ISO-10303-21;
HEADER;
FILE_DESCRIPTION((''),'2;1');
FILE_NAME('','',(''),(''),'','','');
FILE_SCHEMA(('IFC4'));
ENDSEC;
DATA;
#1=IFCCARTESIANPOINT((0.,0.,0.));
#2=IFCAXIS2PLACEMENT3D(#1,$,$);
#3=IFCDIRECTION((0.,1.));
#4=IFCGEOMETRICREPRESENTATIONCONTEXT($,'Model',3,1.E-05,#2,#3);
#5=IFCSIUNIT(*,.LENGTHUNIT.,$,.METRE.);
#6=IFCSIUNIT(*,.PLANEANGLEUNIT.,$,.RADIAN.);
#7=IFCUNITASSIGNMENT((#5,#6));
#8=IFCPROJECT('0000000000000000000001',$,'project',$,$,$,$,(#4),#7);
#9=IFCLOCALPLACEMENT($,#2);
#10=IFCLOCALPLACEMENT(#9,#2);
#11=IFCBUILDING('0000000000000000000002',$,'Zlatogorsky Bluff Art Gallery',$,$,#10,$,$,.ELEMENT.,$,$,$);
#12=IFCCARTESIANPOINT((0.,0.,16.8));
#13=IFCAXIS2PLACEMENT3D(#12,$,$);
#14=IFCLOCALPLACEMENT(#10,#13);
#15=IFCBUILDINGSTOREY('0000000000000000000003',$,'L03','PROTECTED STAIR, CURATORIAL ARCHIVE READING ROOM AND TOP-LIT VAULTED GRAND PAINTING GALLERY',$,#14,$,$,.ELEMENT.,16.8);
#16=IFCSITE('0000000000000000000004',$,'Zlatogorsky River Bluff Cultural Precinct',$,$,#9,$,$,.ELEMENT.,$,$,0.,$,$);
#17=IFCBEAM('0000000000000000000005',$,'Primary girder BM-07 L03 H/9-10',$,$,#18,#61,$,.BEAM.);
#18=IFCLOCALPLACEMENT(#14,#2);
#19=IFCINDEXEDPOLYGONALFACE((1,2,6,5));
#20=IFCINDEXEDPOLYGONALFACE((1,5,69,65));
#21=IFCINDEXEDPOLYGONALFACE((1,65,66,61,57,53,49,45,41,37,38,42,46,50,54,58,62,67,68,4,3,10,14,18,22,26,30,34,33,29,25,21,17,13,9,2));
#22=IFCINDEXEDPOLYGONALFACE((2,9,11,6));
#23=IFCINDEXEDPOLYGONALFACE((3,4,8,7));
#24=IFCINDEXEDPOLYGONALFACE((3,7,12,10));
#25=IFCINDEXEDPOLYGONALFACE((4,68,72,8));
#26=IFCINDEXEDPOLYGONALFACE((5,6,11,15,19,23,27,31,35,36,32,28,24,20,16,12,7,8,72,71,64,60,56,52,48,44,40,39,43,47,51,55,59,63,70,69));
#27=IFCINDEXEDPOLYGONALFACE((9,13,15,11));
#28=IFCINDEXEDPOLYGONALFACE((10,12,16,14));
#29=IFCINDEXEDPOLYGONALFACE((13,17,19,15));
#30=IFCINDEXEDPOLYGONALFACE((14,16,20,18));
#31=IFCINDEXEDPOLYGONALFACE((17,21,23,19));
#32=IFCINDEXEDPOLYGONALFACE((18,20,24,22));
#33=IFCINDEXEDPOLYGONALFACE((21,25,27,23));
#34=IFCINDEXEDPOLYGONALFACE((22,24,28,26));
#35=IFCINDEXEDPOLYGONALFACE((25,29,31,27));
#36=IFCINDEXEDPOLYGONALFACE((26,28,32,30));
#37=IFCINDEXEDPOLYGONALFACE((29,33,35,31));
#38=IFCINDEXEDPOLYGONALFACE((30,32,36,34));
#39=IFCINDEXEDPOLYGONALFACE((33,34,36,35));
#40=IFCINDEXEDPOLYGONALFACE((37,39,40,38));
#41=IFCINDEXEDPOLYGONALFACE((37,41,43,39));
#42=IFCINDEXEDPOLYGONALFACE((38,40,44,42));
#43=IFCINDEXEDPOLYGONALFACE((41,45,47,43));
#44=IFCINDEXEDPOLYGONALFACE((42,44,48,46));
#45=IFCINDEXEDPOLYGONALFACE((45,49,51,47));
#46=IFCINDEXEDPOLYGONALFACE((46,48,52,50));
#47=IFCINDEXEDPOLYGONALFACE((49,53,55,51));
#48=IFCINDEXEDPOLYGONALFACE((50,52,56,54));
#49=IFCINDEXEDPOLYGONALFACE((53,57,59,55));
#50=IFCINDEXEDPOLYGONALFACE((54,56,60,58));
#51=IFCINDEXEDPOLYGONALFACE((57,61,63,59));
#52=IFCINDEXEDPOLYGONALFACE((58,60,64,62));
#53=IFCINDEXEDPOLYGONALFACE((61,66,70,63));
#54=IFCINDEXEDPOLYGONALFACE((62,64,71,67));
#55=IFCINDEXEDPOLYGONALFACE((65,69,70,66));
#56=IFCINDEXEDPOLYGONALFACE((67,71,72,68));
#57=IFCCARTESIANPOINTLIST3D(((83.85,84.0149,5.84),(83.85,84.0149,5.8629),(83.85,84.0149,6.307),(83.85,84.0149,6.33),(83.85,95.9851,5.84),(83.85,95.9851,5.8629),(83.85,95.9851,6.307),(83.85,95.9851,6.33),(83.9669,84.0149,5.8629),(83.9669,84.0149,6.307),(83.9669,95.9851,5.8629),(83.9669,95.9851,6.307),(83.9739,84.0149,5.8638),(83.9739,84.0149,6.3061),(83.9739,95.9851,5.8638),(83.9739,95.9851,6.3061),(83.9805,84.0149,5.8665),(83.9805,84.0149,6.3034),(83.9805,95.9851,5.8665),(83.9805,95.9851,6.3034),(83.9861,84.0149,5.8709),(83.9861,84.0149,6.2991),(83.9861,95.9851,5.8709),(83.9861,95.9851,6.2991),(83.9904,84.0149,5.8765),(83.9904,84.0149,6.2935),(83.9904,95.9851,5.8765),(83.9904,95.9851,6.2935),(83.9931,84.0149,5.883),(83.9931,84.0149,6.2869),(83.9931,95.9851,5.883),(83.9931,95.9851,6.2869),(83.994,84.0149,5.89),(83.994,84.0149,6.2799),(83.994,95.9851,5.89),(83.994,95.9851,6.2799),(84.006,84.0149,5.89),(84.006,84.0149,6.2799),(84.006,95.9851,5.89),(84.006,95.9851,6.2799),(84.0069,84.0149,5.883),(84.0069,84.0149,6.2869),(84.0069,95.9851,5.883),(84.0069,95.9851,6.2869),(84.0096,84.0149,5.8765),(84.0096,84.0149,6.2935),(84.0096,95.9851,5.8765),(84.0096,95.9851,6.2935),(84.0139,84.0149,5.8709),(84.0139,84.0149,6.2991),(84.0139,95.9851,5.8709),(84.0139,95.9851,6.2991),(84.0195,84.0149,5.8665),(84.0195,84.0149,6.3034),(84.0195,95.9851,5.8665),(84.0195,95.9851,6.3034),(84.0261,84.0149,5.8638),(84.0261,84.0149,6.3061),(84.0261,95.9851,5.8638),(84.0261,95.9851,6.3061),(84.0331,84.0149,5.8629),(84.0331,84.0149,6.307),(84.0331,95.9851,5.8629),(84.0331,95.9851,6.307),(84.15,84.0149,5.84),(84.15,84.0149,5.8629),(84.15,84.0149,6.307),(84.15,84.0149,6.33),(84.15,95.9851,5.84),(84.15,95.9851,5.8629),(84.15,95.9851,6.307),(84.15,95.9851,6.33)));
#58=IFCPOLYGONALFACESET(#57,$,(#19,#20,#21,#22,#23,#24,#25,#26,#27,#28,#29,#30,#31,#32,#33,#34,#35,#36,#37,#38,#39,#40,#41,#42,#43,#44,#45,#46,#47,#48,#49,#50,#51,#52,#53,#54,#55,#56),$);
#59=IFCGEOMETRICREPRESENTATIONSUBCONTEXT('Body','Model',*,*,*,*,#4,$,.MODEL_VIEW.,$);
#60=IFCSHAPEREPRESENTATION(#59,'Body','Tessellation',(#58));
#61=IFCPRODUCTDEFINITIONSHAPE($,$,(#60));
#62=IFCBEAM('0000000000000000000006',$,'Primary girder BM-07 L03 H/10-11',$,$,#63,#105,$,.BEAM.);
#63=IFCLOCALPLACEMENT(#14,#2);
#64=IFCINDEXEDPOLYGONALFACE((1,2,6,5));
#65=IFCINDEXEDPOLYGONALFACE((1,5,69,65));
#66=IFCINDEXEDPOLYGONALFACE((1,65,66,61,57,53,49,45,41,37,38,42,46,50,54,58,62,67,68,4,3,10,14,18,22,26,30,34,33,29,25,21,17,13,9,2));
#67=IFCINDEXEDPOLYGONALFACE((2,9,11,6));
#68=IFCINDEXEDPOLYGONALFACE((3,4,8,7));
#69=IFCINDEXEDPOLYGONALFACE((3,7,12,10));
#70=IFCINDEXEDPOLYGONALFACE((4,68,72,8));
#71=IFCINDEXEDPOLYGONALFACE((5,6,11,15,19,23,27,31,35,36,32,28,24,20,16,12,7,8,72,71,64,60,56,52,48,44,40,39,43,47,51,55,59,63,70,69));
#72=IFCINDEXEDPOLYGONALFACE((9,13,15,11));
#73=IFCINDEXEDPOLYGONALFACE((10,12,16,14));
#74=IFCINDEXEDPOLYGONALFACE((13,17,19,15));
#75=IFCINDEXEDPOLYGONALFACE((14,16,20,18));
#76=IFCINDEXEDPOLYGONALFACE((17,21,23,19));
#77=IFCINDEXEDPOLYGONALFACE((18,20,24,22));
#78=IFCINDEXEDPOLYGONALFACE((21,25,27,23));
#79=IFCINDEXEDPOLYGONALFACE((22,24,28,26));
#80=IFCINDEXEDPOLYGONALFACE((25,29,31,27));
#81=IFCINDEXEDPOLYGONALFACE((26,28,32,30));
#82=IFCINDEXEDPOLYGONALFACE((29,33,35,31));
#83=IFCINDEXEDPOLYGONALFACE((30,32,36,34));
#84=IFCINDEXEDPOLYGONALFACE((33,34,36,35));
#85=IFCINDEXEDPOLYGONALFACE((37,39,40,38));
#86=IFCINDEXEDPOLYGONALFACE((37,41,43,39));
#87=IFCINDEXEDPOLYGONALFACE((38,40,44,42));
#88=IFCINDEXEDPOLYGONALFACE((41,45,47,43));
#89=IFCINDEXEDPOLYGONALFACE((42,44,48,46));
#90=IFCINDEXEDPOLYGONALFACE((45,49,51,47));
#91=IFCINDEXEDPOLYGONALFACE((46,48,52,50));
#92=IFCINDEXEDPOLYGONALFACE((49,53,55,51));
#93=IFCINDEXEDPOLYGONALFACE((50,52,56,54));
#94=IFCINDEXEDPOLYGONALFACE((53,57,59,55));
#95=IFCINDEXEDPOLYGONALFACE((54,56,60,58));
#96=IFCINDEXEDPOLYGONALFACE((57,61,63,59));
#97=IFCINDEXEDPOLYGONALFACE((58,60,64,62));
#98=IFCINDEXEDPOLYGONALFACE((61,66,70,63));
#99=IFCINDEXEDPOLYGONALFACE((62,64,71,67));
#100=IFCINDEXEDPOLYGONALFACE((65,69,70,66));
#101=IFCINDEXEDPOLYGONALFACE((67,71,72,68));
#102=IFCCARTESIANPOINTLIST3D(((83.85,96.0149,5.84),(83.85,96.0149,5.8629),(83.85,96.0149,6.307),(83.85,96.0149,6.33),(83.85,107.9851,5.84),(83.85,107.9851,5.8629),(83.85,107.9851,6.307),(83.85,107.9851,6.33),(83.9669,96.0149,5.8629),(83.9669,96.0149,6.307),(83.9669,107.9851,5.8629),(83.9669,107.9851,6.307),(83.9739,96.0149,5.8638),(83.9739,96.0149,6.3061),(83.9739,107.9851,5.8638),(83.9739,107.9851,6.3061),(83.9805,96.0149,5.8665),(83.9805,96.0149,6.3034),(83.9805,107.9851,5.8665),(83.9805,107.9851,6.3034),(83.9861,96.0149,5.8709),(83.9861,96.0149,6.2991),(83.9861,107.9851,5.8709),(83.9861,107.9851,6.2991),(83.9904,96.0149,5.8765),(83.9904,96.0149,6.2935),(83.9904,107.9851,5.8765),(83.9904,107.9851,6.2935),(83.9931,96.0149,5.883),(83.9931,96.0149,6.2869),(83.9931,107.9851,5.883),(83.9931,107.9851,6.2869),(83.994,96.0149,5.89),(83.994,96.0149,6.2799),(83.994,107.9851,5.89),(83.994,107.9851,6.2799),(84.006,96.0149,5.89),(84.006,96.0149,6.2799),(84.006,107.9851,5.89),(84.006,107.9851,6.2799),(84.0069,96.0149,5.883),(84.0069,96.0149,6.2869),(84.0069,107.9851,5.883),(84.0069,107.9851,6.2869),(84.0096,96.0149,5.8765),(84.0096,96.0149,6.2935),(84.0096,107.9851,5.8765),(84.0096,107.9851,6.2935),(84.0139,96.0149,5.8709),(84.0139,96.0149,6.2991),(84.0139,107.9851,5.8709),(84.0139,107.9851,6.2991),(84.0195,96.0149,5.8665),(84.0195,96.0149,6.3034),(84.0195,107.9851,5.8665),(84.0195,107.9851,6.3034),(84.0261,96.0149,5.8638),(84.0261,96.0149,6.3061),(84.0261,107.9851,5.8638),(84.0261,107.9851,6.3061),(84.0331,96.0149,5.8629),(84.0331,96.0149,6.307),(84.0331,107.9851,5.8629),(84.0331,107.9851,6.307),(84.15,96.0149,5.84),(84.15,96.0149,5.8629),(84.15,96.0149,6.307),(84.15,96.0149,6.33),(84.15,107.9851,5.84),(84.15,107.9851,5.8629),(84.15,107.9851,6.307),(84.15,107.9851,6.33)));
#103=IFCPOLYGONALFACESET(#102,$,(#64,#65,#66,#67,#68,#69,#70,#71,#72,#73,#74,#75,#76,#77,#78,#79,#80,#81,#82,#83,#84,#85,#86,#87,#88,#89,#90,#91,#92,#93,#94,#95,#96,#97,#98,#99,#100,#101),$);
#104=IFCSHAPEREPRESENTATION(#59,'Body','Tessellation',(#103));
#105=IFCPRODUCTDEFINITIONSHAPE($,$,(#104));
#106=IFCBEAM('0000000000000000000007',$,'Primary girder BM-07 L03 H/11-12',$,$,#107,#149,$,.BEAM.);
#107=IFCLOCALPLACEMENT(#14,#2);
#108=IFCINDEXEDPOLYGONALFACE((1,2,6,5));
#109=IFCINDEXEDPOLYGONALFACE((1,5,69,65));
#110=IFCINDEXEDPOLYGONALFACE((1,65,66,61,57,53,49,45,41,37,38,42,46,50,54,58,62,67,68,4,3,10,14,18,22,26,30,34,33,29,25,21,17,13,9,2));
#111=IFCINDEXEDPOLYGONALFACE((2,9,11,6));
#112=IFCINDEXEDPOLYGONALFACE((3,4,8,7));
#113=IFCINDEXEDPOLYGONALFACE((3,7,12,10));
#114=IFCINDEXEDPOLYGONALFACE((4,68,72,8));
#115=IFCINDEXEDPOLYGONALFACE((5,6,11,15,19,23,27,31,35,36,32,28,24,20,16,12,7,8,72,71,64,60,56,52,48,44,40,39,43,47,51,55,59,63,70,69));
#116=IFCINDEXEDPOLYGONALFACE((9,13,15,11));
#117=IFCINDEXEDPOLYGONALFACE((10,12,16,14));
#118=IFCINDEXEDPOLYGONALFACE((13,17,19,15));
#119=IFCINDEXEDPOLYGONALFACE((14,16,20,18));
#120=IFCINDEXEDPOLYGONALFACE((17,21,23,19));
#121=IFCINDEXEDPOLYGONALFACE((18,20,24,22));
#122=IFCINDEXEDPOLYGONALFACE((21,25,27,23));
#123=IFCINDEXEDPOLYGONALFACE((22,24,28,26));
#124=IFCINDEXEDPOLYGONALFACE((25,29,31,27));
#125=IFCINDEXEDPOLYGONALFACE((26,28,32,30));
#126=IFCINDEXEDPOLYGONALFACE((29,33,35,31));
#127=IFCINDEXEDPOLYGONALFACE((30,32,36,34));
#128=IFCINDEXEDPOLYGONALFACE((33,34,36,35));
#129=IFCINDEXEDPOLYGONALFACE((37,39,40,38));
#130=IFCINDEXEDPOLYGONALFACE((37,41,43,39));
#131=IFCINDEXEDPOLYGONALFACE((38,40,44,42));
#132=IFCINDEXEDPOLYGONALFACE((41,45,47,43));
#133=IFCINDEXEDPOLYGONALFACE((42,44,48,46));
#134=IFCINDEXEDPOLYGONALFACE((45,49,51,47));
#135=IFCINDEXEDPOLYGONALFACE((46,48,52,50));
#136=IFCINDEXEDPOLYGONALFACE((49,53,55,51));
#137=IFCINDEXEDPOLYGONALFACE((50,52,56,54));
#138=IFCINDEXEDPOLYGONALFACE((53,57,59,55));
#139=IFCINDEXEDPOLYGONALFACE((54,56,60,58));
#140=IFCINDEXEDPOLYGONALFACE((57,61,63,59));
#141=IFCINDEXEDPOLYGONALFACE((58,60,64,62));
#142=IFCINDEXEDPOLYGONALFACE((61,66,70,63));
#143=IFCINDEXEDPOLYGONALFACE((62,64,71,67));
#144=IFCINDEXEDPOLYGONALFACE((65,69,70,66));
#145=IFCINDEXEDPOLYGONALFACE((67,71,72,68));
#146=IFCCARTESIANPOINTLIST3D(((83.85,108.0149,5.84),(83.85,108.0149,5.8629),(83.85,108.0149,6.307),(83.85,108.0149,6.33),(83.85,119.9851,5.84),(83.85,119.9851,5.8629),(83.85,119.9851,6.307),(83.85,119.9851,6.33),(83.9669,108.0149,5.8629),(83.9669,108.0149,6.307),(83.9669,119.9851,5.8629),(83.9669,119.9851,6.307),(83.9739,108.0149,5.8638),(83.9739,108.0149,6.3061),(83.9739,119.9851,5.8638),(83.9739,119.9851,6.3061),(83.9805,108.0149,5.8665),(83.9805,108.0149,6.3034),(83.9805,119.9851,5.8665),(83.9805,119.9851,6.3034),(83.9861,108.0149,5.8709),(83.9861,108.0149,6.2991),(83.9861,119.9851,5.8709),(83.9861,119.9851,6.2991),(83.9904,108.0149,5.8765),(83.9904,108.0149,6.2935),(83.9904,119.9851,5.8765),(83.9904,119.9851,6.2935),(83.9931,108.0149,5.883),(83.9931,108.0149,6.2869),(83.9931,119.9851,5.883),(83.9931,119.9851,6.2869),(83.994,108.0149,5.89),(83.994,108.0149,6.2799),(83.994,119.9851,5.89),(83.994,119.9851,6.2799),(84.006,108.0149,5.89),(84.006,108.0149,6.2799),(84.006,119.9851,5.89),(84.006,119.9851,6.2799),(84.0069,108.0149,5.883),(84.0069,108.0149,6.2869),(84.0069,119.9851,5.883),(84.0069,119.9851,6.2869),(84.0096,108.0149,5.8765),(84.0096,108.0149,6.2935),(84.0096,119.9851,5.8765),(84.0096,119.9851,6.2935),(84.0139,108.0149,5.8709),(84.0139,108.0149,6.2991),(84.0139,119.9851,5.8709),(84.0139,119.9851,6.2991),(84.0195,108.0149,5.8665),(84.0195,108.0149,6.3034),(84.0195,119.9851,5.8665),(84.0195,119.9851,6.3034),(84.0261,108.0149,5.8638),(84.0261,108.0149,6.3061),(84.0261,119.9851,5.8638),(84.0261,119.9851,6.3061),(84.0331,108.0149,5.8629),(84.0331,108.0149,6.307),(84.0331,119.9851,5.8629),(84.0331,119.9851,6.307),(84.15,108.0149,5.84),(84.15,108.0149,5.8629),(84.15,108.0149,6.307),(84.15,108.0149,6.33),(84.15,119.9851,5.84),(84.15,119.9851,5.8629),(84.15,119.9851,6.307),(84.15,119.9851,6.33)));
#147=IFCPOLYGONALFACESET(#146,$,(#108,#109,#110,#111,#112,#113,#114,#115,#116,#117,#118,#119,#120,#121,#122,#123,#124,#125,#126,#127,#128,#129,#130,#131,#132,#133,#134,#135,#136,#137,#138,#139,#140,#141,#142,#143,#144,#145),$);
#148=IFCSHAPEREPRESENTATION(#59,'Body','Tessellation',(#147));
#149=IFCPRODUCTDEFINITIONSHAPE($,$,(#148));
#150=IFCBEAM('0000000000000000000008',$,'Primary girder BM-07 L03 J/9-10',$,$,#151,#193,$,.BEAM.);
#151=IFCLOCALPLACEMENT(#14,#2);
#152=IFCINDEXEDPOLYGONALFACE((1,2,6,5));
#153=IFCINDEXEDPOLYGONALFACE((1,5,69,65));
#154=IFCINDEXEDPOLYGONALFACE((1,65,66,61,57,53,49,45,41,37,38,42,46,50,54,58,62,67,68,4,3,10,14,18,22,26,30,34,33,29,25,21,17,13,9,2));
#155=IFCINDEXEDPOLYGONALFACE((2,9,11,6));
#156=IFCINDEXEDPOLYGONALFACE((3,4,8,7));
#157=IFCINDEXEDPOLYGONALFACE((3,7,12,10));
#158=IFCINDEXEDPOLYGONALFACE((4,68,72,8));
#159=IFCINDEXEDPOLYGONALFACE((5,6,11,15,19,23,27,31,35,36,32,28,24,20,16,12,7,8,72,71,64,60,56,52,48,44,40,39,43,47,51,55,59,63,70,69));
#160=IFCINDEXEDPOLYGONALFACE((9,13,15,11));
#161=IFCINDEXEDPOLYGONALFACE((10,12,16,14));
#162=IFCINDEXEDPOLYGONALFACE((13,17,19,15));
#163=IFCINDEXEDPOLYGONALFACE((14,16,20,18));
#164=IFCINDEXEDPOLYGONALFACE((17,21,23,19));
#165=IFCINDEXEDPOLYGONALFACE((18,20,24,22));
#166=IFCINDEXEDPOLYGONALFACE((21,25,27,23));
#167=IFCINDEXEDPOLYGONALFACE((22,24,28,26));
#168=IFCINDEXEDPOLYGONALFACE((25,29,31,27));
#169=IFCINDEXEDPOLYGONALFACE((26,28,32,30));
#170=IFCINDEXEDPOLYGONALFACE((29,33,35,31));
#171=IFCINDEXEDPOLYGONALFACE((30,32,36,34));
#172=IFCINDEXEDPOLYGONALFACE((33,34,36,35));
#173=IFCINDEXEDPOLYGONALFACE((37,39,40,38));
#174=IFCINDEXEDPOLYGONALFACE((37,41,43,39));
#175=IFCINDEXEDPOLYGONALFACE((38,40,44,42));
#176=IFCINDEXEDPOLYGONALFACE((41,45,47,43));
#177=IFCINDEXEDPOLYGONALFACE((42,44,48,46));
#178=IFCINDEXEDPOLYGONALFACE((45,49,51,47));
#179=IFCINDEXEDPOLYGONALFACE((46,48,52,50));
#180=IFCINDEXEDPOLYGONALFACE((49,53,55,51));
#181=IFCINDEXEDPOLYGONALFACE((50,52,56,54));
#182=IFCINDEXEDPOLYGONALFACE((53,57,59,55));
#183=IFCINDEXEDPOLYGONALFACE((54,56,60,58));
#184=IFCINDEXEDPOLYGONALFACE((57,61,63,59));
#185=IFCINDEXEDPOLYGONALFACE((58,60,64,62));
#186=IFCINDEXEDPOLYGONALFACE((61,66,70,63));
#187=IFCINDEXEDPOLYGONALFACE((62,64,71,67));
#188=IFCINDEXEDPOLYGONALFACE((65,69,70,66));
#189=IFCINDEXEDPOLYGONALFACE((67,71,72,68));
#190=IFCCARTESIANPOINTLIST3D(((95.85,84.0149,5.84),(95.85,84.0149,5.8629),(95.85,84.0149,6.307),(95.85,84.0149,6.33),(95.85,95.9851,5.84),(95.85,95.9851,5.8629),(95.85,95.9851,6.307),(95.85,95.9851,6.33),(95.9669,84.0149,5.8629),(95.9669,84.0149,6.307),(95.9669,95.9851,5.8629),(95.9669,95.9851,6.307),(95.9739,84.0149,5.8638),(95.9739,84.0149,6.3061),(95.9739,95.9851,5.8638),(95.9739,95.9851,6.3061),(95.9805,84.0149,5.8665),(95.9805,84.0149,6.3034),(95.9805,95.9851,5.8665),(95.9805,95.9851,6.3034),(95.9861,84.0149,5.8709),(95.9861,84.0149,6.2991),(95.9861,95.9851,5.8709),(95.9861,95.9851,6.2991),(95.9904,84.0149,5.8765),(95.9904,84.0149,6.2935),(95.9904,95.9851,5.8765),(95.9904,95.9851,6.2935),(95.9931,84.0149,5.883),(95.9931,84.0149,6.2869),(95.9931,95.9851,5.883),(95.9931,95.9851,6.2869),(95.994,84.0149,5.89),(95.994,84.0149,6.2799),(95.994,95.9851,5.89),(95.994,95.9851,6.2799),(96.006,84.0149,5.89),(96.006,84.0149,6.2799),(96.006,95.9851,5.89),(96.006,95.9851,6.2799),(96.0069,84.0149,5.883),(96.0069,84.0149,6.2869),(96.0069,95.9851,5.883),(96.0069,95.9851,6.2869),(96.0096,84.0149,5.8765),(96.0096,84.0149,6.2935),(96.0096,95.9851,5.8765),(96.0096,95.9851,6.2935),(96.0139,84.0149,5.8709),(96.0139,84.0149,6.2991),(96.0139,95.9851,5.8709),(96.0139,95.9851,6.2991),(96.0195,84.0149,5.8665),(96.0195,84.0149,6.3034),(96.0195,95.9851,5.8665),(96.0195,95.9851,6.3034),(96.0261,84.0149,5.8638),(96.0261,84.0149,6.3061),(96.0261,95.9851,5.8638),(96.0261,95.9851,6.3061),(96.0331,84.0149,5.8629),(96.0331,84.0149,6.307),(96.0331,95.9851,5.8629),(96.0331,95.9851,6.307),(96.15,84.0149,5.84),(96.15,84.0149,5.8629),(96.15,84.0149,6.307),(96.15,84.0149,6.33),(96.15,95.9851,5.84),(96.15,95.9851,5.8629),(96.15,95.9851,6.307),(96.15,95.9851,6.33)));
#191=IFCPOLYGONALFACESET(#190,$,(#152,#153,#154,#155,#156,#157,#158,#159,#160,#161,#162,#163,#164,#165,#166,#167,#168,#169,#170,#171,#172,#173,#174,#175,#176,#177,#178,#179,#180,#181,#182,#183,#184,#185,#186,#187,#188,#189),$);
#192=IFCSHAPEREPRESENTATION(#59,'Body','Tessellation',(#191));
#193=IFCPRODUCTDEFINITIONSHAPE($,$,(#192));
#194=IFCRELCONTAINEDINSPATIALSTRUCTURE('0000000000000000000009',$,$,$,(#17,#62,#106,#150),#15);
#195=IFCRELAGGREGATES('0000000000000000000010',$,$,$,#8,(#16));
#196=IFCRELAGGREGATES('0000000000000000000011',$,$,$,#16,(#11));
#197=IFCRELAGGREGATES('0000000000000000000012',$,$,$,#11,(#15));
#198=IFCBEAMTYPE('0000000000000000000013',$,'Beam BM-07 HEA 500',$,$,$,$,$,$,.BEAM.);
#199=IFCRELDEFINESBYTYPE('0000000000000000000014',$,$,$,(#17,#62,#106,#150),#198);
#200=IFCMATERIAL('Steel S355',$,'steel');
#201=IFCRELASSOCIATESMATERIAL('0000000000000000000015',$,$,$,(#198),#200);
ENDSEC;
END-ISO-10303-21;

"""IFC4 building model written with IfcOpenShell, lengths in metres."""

from ifc_helpers import new_model, si_unit, direction, frame, origin, origin_2d, place, context, subcontext, project, spatial, i_section, extrude, material, material_profile, profile_set, type_object, element, save


model = new_model("IFC4")

# Units and contexts
model_context = context("Model", 3, precision=1e-05, world=origin(), true_north=direction((0.0, 1.0)))
body_context = subcontext(model_context, "Body", "Model", "MODEL_VIEW")
ifc_project = project(units=[si_unit("LENGTHUNIT", "METRE"), si_unit("PLANEANGLEUNIT", "RADIAN")], contexts=[model_context])

# Site, building, storey
site_placement = place(None, origin())
site = spatial("IfcSite", under=ifc_project, at=site_placement, Name="Zlatogorsky River Bluff Cultural Precinct", CompositionType="ELEMENT", RefElevation=0.0)
building_placement = place(site_placement, origin())
building = spatial("IfcBuilding", under=site, at=building_placement, Name="Zlatogorsky Bluff Art Gallery", CompositionType="ELEMENT")
storey_placement = place(building_placement, frame((0.0, 0.0, 16.8)))
storey = spatial("IfcBuildingStorey", under=building, at=storey_placement, Name="L03", Description="PROTECTED STAIR, CURATORIAL ARCHIVE READING ROOM AND TOP-LIT VAULTED GRAND PAINTING GALLERY", CompositionType="ELEMENT", Elevation=16.8)

# Shared definitions
ifc_material_1 = material(Name="Steel S355", Category="steel")

# Beams
ifc_material_profile_1 = material_profile(ifc_material_1, i_section(OverallWidth=0.3, OverallDepth=0.49, WebThickness=0.012, FlangeThickness=0.0229, FilletRadius=0.0271, at=origin_2d()), Name="HEA 500")
ifc_profile_set_1 = profile_set([ifc_material_profile_1], Name="Steel S355")
beam_type_1 = type_object("IfcBeamType", Name="Beam BM-07 HEA 500", PredefinedType="BEAM", material=ifc_profile_set_1)
for number, where, z_axis, x_axis, name in (
    (1, (84.0, 84.0149, 6.085), (0.0, 1.0, 0.0), (-1.0, 0.0, 0.0), "Primary girder BM-07 L03 H/9-10"),
    (2, (84.0, 96.0149, 6.085), (0.0, 1.0, 0.0), (-1.0, 0.0, 0.0), "Primary girder BM-07 L03 H/10-11"),
    (3, (84.0, 108.0149, 6.085), (0.0, 1.0, 0.0), (-1.0, 0.0, 0.0), "Primary girder BM-07 L03 H/11-12"),
    (4, (96.0, 84.0149, 6.085), (0.0, 1.0, 0.0), (-1.0, 0.0, 0.0), "Primary girder BM-07 L03 J/9-10"),
):
    element("IfcBeam", number, at=place(storey_placement, frame(where, z_axis=z_axis, x_axis=x_axis)), inside=storey, type_object=beam_type_1, Name=name, PredefinedType="BEAM", context=body_context, shape_type="SweptSolid", body=[
        extrude(i_section(OverallWidth=0.3, OverallDepth=0.49, WebThickness=0.012, FlangeThickness=0.0229, FilletRadius=0.0271, at=origin_2d()), origin(), (0.0, 0.0, 1.0), 11.9702),
    ])

save(model, "model.ifc")
